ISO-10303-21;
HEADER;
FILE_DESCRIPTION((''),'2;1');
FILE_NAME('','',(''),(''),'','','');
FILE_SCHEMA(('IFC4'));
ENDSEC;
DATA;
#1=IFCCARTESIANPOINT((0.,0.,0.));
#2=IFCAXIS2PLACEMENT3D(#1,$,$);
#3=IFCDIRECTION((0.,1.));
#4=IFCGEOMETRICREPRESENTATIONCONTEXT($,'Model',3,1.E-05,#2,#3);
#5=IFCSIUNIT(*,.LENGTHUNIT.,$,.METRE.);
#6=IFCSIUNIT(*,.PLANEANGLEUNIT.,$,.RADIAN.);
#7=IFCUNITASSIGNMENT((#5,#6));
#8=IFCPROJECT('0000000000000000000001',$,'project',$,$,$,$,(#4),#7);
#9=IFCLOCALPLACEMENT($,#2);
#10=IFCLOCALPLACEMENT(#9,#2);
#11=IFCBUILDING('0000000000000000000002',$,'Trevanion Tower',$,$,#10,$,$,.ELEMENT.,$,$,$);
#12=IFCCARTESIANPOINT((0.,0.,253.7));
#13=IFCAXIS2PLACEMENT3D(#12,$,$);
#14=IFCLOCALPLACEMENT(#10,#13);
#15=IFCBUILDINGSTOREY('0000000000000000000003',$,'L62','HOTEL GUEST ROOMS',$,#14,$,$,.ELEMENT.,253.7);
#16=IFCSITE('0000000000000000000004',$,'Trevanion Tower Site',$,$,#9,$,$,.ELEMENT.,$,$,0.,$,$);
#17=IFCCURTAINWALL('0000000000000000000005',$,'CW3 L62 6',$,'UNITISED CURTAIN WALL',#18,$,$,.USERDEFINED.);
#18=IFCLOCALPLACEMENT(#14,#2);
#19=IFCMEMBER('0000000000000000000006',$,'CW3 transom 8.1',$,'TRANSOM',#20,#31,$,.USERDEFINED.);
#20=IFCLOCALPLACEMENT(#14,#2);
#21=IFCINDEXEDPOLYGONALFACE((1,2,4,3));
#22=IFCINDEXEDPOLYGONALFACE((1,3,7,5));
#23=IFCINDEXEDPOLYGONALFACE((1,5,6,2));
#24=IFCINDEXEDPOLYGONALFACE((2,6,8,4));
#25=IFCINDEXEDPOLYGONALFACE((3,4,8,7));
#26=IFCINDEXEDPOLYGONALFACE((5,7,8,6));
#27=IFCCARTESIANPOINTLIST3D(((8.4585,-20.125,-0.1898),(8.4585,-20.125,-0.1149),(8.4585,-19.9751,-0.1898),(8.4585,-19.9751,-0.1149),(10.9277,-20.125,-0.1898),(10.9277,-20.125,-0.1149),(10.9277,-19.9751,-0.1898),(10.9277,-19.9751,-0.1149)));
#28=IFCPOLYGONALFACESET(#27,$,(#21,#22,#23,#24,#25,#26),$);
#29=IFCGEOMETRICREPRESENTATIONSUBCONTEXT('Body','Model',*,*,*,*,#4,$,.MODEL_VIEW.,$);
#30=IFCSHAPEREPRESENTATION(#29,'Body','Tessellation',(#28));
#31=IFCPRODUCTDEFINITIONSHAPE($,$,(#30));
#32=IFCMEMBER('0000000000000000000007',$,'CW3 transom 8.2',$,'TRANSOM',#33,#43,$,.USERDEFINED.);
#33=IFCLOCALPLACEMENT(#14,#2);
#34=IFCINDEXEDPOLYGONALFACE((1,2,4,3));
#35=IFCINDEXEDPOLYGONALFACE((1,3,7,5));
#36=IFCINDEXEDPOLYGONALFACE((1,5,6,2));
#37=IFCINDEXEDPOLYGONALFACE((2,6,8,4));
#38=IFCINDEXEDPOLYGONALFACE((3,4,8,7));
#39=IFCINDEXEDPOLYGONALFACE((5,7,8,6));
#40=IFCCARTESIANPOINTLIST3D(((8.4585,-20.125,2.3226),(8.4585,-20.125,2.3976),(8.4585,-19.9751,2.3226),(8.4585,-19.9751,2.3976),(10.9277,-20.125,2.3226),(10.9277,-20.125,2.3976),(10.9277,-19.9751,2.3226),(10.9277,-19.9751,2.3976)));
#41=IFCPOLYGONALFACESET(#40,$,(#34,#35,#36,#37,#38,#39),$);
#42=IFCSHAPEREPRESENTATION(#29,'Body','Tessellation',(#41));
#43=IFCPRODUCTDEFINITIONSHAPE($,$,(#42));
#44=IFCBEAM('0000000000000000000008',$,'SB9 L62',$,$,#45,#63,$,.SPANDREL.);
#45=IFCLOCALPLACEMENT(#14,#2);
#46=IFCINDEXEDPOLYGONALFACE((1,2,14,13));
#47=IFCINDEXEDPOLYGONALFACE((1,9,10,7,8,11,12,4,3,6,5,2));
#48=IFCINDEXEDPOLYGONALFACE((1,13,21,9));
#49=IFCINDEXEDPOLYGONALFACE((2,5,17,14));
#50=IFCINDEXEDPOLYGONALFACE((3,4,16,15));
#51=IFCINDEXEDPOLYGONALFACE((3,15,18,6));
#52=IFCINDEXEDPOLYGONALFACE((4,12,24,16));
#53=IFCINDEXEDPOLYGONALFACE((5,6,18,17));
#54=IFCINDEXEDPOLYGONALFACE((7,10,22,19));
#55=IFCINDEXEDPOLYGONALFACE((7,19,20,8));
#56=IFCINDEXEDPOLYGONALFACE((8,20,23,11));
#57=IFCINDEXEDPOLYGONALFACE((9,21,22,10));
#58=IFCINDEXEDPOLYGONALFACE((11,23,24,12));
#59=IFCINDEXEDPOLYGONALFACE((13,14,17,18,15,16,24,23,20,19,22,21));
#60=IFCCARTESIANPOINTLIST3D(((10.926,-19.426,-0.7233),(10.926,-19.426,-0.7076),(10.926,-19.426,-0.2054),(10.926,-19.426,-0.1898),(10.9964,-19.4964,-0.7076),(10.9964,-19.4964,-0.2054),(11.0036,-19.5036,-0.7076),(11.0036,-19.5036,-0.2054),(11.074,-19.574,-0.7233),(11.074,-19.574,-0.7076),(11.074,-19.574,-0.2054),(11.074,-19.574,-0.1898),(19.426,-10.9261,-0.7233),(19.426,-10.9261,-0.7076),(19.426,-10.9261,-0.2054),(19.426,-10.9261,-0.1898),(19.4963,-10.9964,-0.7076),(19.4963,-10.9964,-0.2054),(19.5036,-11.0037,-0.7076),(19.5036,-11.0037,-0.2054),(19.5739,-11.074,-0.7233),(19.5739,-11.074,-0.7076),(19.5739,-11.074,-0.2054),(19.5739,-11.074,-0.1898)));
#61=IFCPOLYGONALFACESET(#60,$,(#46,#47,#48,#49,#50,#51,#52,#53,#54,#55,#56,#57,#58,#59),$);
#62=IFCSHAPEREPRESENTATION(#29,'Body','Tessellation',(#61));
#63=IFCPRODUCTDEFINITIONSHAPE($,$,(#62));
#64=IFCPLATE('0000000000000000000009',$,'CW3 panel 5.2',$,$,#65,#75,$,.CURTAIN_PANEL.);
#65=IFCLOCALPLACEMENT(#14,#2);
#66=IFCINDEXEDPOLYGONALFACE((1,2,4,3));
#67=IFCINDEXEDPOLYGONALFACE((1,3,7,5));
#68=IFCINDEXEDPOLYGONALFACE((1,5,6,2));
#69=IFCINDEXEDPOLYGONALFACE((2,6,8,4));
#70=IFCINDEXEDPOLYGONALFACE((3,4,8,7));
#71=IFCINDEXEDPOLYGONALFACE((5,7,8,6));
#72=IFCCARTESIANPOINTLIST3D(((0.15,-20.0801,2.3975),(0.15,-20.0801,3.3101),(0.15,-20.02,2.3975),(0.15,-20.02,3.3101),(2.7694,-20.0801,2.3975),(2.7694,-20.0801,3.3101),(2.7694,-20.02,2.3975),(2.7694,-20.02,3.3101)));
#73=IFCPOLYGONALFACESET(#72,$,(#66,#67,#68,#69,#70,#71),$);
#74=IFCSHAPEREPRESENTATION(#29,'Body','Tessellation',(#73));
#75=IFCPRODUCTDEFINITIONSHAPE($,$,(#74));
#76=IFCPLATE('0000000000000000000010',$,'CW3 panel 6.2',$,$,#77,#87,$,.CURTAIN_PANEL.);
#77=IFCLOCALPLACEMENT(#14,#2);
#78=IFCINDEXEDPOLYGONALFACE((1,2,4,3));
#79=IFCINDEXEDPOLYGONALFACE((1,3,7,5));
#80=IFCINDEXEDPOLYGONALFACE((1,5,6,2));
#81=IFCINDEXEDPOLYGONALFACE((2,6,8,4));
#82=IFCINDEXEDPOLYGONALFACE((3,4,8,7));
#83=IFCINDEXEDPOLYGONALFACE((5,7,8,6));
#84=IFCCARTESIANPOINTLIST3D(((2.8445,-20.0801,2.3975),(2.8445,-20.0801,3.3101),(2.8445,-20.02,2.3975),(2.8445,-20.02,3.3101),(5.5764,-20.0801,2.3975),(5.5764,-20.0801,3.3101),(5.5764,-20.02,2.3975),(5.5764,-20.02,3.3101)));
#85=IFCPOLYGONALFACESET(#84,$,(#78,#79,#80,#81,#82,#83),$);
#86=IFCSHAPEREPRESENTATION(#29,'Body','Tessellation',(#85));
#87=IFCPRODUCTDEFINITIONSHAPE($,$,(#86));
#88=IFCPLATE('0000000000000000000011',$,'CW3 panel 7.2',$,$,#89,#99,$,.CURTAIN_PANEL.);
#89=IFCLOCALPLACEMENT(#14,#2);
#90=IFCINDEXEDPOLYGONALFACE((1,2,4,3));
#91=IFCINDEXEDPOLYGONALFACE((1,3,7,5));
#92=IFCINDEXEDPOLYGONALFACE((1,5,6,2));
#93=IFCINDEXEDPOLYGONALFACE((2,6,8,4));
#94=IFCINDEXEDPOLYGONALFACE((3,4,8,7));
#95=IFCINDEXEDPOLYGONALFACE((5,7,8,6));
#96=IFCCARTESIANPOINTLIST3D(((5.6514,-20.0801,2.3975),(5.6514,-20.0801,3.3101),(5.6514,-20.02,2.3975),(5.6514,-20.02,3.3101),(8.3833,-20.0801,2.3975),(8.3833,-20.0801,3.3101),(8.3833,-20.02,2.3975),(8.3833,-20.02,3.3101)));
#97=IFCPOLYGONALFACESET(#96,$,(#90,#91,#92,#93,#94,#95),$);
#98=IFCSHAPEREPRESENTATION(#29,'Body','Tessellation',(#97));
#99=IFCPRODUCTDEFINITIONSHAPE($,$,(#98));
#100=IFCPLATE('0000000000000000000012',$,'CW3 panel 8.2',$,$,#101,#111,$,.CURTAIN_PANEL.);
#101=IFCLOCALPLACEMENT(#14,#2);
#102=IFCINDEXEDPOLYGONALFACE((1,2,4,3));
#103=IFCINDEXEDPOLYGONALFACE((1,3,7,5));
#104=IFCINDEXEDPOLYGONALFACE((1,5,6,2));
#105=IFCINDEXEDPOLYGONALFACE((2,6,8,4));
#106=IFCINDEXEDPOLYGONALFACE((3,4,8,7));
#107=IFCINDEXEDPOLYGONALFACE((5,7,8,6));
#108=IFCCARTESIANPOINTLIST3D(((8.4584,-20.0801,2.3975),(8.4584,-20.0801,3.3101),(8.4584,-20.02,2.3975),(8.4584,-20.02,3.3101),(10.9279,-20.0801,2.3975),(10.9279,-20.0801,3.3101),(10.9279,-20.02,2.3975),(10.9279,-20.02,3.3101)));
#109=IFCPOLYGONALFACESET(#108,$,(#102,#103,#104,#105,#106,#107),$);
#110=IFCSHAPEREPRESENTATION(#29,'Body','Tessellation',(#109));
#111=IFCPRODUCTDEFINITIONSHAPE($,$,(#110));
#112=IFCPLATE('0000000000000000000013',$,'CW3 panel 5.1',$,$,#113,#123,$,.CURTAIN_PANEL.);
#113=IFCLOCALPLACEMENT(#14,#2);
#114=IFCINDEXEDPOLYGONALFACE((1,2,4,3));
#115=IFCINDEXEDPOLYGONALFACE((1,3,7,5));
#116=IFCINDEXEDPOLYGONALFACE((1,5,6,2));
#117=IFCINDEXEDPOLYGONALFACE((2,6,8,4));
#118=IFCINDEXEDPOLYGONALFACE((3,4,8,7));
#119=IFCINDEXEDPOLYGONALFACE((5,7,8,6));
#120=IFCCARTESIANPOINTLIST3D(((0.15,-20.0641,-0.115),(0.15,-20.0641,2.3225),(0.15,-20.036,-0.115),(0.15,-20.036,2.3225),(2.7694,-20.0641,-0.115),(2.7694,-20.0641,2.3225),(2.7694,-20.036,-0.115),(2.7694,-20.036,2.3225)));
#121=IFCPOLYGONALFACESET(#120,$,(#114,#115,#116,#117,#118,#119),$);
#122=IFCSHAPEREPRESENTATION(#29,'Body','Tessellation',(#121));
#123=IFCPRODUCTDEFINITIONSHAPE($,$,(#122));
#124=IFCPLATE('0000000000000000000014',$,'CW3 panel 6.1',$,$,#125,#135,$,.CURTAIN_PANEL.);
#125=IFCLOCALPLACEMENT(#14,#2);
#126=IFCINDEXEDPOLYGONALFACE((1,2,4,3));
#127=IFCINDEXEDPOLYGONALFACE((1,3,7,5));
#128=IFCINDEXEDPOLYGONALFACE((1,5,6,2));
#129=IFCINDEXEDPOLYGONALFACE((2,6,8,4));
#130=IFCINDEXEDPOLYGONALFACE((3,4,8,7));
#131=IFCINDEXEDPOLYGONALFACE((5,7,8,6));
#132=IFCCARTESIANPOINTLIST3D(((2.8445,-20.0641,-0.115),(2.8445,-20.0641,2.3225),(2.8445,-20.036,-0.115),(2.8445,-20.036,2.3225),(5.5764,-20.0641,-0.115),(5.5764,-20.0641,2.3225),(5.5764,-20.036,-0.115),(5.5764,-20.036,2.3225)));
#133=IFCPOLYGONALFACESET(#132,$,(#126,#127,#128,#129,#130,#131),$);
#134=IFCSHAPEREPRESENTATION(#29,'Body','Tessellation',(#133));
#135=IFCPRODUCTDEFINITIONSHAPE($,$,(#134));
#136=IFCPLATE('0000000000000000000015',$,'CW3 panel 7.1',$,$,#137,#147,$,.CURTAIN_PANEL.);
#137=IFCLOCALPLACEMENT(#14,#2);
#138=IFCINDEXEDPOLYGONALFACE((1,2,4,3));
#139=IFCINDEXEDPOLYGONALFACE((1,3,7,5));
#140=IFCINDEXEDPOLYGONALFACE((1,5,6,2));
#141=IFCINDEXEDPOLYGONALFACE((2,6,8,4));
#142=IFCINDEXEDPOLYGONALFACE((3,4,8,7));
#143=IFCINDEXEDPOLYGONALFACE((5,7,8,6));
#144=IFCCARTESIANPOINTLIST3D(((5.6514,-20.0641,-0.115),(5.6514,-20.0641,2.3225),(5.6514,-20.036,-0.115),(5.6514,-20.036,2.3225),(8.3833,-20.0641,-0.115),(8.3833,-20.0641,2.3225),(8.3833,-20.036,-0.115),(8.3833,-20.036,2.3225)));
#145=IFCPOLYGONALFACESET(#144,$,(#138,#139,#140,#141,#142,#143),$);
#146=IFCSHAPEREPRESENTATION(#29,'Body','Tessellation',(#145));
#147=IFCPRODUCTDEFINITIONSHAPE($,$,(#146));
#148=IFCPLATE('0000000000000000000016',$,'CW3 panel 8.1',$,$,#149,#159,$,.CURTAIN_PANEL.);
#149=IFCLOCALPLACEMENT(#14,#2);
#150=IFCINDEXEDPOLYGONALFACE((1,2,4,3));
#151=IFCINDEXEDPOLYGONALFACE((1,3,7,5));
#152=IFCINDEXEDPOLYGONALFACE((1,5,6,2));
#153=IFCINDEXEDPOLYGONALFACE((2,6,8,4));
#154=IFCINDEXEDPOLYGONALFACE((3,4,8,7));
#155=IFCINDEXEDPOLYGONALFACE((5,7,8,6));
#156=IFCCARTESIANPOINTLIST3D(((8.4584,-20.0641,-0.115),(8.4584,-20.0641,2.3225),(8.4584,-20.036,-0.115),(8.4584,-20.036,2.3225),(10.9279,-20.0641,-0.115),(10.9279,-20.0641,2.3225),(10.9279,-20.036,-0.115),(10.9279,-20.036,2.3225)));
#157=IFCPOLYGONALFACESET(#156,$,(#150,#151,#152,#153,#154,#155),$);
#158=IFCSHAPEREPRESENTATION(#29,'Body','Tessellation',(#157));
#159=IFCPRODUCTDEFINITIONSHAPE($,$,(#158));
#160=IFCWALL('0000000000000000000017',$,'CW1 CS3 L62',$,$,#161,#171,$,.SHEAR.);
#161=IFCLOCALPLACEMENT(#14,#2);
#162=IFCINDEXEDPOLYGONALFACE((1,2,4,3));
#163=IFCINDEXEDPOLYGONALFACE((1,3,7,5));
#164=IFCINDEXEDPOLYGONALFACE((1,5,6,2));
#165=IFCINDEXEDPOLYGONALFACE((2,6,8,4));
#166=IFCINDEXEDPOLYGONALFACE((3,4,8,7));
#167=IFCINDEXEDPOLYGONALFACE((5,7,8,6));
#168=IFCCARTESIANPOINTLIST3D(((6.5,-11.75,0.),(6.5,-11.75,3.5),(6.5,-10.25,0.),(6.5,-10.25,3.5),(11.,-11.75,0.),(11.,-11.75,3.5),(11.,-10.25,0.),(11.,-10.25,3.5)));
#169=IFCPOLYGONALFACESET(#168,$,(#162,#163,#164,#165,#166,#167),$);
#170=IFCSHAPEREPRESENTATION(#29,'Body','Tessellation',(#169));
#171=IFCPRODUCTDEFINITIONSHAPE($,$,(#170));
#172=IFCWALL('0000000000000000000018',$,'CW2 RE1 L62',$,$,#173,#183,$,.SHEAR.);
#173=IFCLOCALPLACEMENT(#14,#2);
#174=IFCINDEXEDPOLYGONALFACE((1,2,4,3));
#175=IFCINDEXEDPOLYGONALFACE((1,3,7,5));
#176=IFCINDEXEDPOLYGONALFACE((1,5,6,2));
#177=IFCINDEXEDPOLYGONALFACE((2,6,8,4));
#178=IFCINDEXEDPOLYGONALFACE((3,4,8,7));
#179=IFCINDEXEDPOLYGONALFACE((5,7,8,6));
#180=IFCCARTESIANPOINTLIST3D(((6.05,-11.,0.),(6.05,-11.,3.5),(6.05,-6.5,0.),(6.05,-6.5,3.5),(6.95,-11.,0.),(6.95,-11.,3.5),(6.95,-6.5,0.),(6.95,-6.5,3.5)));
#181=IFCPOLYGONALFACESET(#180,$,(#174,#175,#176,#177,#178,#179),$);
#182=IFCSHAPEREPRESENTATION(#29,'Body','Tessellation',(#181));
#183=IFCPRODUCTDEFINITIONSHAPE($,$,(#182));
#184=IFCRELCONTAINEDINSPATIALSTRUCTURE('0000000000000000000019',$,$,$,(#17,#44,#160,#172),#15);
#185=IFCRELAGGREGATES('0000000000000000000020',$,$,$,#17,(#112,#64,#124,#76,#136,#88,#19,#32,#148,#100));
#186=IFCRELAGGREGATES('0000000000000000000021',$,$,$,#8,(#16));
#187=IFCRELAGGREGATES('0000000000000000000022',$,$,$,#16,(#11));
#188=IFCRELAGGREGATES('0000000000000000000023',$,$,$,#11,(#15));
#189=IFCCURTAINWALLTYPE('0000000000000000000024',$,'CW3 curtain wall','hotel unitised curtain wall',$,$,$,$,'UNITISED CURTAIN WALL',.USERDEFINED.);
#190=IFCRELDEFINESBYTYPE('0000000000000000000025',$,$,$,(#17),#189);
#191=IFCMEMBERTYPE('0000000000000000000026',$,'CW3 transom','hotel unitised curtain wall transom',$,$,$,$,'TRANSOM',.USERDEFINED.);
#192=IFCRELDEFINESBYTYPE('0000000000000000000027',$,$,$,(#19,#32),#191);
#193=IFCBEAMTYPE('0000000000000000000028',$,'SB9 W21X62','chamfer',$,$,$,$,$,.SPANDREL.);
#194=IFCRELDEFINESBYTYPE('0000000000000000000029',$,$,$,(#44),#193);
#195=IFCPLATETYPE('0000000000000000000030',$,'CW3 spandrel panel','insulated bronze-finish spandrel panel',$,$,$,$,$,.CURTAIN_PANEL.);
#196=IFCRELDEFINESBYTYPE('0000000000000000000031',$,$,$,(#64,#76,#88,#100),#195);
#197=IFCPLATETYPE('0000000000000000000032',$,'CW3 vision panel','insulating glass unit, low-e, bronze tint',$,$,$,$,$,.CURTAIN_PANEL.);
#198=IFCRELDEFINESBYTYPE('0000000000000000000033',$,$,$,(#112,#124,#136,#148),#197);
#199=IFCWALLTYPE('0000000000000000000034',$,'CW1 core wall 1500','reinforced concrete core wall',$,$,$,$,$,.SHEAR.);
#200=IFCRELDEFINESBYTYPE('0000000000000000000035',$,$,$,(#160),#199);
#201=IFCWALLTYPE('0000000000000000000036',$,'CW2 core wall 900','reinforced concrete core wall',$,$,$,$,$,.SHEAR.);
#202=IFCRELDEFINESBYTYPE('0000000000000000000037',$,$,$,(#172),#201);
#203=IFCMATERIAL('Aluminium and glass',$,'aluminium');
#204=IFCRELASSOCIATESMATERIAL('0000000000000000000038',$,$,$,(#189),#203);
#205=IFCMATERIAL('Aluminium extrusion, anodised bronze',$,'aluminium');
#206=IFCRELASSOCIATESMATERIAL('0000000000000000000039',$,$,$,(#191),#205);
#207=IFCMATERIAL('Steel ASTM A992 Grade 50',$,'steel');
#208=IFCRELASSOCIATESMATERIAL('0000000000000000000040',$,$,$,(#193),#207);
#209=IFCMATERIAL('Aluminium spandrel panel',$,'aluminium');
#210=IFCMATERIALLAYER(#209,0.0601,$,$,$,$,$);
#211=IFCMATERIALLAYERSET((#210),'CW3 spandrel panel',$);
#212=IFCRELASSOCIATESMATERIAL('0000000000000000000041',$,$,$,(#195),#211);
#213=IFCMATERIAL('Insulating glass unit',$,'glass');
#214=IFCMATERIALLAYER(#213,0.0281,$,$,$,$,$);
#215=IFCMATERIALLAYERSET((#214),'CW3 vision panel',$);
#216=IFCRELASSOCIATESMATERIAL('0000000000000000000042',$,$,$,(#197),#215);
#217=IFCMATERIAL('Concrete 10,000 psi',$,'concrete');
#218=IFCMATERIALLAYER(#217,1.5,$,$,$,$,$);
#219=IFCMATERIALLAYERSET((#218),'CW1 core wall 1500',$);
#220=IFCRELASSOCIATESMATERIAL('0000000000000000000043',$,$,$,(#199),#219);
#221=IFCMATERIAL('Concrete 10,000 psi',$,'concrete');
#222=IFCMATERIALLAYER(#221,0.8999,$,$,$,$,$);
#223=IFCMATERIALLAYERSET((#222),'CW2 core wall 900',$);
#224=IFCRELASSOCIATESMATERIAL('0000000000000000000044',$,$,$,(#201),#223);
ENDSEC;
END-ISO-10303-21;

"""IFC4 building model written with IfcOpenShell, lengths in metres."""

from ifc_helpers import new_model, si_unit, direction, frame, frame_2d, origin, origin_2d, place, context, subcontext, project, spatial, rectangle, i_section, extrude, material, layer, layer_set, material_profile, profile_set, type_object, element, aggregate, save


model = new_model("IFC4")

# Units and contexts
model_context = context("Model", 3, precision=1e-05, world=origin(), true_north=direction((0.0, 1.0)))
body_context = subcontext(model_context, "Body", "Model", "MODEL_VIEW")
ifc_project = project(units=[si_unit("LENGTHUNIT", "METRE"), si_unit("PLANEANGLEUNIT", "RADIAN")], contexts=[model_context])

# Site, building, storey
site_placement = place(None, origin())
site = spatial("IfcSite", under=ifc_project, at=site_placement, Name="Trevanion Tower Site", CompositionType="ELEMENT", RefElevation=0.0)
building_placement = place(site_placement, origin())
building = spatial("IfcBuilding", under=site, at=building_placement, Name="Trevanion Tower", CompositionType="ELEMENT")
storey_placement = place(building_placement, frame((0.0, 0.0, 253.7)))
storey = spatial("IfcBuildingStorey", under=building, at=storey_placement, Name="L62", Description="HOTEL GUEST ROOMS", CompositionType="ELEMENT", Elevation=253.7)

# Curtain wall, members
ifc_material_1 = material(Name="Aluminium and glass", Category="aluminium")
curtain_wall_type = type_object("IfcCurtainWallType", Name="CW3 curtain wall", Description="hotel unitised curtain wall", ElementType="UNITISED CURTAIN WALL", PredefinedType="USERDEFINED", material=ifc_material_1)
curtain_wall_placement = place(storey_placement, origin())
curtain_wall = element("IfcCurtainWall", 1, at=curtain_wall_placement, inside=storey, type_object=curtain_wall_type, Name="CW3 L62 6", ObjectType="UNITISED CURTAIN WALL", PredefinedType="USERDEFINED")
ifc_material_2 = material(Name="Aluminium extrusion, anodised bronze", Category="aluminium")
ifc_material_profile_1 = material_profile(ifc_material_2, rectangle(XDim=0.1499, YDim=0.075, at=origin_2d()), Name="CW3 transom")
ifc_profile_set_1 = profile_set([ifc_material_profile_1], Name="Aluminium extrusion, anodised bronze")
member_type_1 = type_object("IfcMemberType", Name="CW3 transom", Description="hotel unitised curtain wall transom", ElementType="TRANSOM", PredefinedType="USERDEFINED", material=ifc_profile_set_1)
member_1_placement = place(storey_placement, frame((8.4585, -20.05, -0.1523), z_axis=(1.0, 0.0, 0.0), x_axis=(0.0, 1.0, 0.0)))
member_1 = element("IfcMember", 2, at=member_1_placement, type_object=member_type_1, Name="CW3 transom 8.1", ObjectType="TRANSOM", PredefinedType="USERDEFINED", context=body_context, shape_type="SweptSolid", body=[
    extrude(rectangle(XDim=0.1499, YDim=0.075, at=origin_2d()), origin(), (0.0, 0.0, 1.0), 2.4692),
])
member_2_placement = place(storey_placement, frame((8.4585, -20.05, 2.3601), z_axis=(1.0, 0.0, 0.0), x_axis=(0.0, 1.0, 0.0)))
member_2 = element("IfcMember", 3, at=member_2_placement, type_object=member_type_1, Name="CW3 transom 8.2", ObjectType="TRANSOM", PredefinedType="USERDEFINED", context=body_context, shape_type="SweptSolid", body=[
    extrude(rectangle(XDim=0.1499, YDim=0.075, at=origin_2d()), origin(), (0.0, 0.0, 1.0), 2.4692),
])

# Beam
ifc_material_3 = material(Name="Steel ASTM A992 Grade 50", Category="steel")
ifc_material_profile_2 = material_profile(ifc_material_3, i_section(OverallWidth=0.2092, OverallDepth=0.5334, WebThickness=0.0103, FlangeThickness=0.0156, at=origin_2d()), Name="W21X62")
ifc_profile_set_2 = profile_set([ifc_material_profile_2], Name="Steel ASTM A992 Grade 50")
beam_type_1 = type_object("IfcBeamType", Name="SB9 W21X62", Description="chamfer", PredefinedType="SPANDREL", material=ifc_profile_set_2)
beam_placement = place(storey_placement, frame((11.0, -19.5, -0.4565), z_axis=(0.707107, 0.707107, 0.0), x_axis=(-0.707107, 0.707107, 0.0)))
element("IfcBeam", 4, at=beam_placement, inside=storey, type_object=beam_type_1, Name="SB9 L62", PredefinedType="SPANDREL", context=body_context, shape_type="SweptSolid", body=[
    extrude(i_section(OverallWidth=0.2092, OverallDepth=0.5334, WebThickness=0.0103, FlangeThickness=0.0156, at=origin_2d()), origin(), (0.0, 0.0, 1.0), 12.0208),
])

# Plates
ifc_material_4 = material(Name="Aluminium spandrel panel", Category="aluminium")
ifc_layer_1 = layer(ifc_material_4, 0.0601)
ifc_layer_set_1 = layer_set([ifc_layer_1], Name="CW3 spandrel panel")
plate_type_1 = type_object("IfcPlateType", Name="CW3 spandrel panel", Description="insulated bronze-finish spandrel panel", PredefinedType="CURTAIN_PANEL", material=ifc_layer_set_1)
plate_1_placement = place(storey_placement, frame((1.4597, -20.05, 2.3975), z_axis=(0.0, 0.0, 1.0), x_axis=(1.0, 0.0, 0.0)))
plate_1 = element("IfcPlate", 5, at=plate_1_placement, type_object=plate_type_1, Name="CW3 panel 5.2", PredefinedType="CURTAIN_PANEL", context=body_context, shape_type="SweptSolid", body=[
    extrude(rectangle(XDim=2.6194, YDim=0.0601, at=origin_2d()), origin(), (0.0, 0.0, 1.0), 0.9126),
])
plate_2_placement = place(storey_placement, frame((4.2104, -20.05, 2.3975), z_axis=(0.0, 0.0, 1.0), x_axis=(1.0, 0.0, 0.0)))
plate_2 = element("IfcPlate", 6, at=plate_2_placement, type_object=plate_type_1, Name="CW3 panel 6.2", PredefinedType="CURTAIN_PANEL", context=body_context, shape_type="SweptSolid", body=[
    extrude(rectangle(XDim=2.7319, YDim=0.0601, at=origin_2d()), origin(), (0.0, 0.0, 1.0), 0.9126),
])
plate_3_placement = place(storey_placement, frame((7.0173, -20.05, 2.3975), z_axis=(0.0, 0.0, 1.0), x_axis=(1.0, 0.0, 0.0)))
plate_3 = element("IfcPlate", 7, at=plate_3_placement, type_object=plate_type_1, Name="CW3 panel 7.2", PredefinedType="CURTAIN_PANEL", context=body_context, shape_type="SweptSolid", body=[
    extrude(rectangle(XDim=2.7319, YDim=0.0601, at=origin_2d()), origin(), (0.0, 0.0, 1.0), 0.9126),
])
plate_4_placement = place(storey_placement, frame((9.6931, -20.05, 2.3975), z_axis=(0.0, 0.0, 1.0), x_axis=(1.0, 0.0, 0.0)))
plate_4 = element("IfcPlate", 8, at=plate_4_placement, type_object=plate_type_1, Name="CW3 panel 8.2", PredefinedType="CURTAIN_PANEL", context=body_context, shape_type="SweptSolid", body=[
    extrude(rectangle(XDim=2.4695, YDim=0.0601, at=origin_2d()), origin(), (0.0, 0.0, 1.0), 0.9126),
])
ifc_material_5 = material(Name="Insulating glass unit", Category="glass")
ifc_layer_2 = layer(ifc_material_5, 0.0281)
ifc_layer_set_2 = layer_set([ifc_layer_2], Name="CW3 vision panel")
plate_type_2 = type_object("IfcPlateType", Name="CW3 vision panel", Description="insulating glass unit, low-e, bronze tint", PredefinedType="CURTAIN_PANEL", material=ifc_layer_set_2)
plate_5_placement = place(storey_placement, frame((1.4597, -20.05, -0.115), z_axis=(0.0, 0.0, 1.0), x_axis=(1.0, 0.0, 0.0)))
plate_5 = element("IfcPlate", 9, at=plate_5_placement, type_object=plate_type_2, Name="CW3 panel 5.1", PredefinedType="CURTAIN_PANEL", context=body_context, shape_type="SweptSolid", body=[
    extrude(rectangle(XDim=2.6194, YDim=0.0281, at=origin_2d()), origin(), (0.0, 0.0, 1.0), 2.4375),
])
plate_6_placement = place(storey_placement, frame((4.2104, -20.05, -0.115), z_axis=(0.0, 0.0, 1.0), x_axis=(1.0, 0.0, 0.0)))
plate_6 = element("IfcPlate", 10, at=plate_6_placement, type_object=plate_type_2, Name="CW3 panel 6.1", PredefinedType="CURTAIN_PANEL", context=body_context, shape_type="SweptSolid", body=[
    extrude(rectangle(XDim=2.7319, YDim=0.0281, at=origin_2d()), origin(), (0.0, 0.0, 1.0), 2.4375),
])
plate_7_placement = place(storey_placement, frame((7.0173, -20.05, -0.115), z_axis=(0.0, 0.0, 1.0), x_axis=(1.0, 0.0, 0.0)))
plate_7 = element("IfcPlate", 11, at=plate_7_placement, type_object=plate_type_2, Name="CW3 panel 7.1", PredefinedType="CURTAIN_PANEL", context=body_context, shape_type="SweptSolid", body=[
    extrude(rectangle(XDim=2.7319, YDim=0.0281, at=origin_2d()), origin(), (0.0, 0.0, 1.0), 2.4375),
])
plate_8_placement = place(storey_placement, frame((9.6931, -20.05, -0.115), z_axis=(0.0, 0.0, 1.0), x_axis=(1.0, 0.0, 0.0)))
plate_8 = element("IfcPlate", 12, at=plate_8_placement, type_object=plate_type_2, Name="CW3 panel 8.1", PredefinedType="CURTAIN_PANEL", context=body_context, shape_type="SweptSolid", body=[
    extrude(rectangle(XDim=2.4695, YDim=0.0281, at=origin_2d()), origin(), (0.0, 0.0, 1.0), 2.4375),
])
aggregate(curtain_wall, [plate_5, plate_1, plate_6, plate_2, plate_7, plate_3, member_1, member_2, plate_8, plate_4])

# Walls
ifc_material_6 = material(Name="Concrete 10,000 psi", Category="concrete")
ifc_layer_3 = layer(ifc_material_6, 1.5)
ifc_layer_set_3 = layer_set([ifc_layer_3], Name="CW1 core wall 1500")
wall_type_1 = type_object("IfcWallType", Name="CW1 core wall 1500", Description="reinforced concrete core wall", PredefinedType="SHEAR", material=ifc_layer_set_3)
wall_1_placement = place(storey_placement, frame((6.5, -11.0, 0.0), z_axis=(0.0, 0.0, 1.0), x_axis=(1.0, 0.0, 0.0)))
element("IfcWall", 13, at=wall_1_placement, inside=storey, type_object=wall_type_1, Name="CW1 CS3 L62", PredefinedType="SHEAR", context=body_context, shape_type="SweptSolid", body=[
    extrude(rectangle(XDim=4.5, YDim=1.5, at=frame_2d((2.25, 0.0))), origin(), (0.0, 0.0, 1.0), 3.5),
])
ifc_material_7 = material(Name="Concrete 10,000 psi", Category="concrete")
ifc_layer_4 = layer(ifc_material_7, 0.8999)
ifc_layer_set_4 = layer_set([ifc_layer_4], Name="CW2 core wall 900")
wall_type_2 = type_object("IfcWallType", Name="CW2 core wall 900", Description="reinforced concrete core wall", PredefinedType="SHEAR", material=ifc_layer_set_4)
wall_2_placement = place(storey_placement, frame((6.5, -11.0, 0.0), z_axis=(0.0, 0.0, 1.0), x_axis=(0.0, 1.0, 0.0)))
element("IfcWall", 14, at=wall_2_placement, inside=storey, type_object=wall_type_2, Name="CW2 RE1 L62", PredefinedType="SHEAR", context=body_context, shape_type="SweptSolid", body=[
    extrude(rectangle(XDim=4.5, YDim=0.8999, at=frame_2d((2.25, 0.0))), origin(), (0.0, 0.0, 1.0), 3.5),
])

save(model, "model.ifc")
